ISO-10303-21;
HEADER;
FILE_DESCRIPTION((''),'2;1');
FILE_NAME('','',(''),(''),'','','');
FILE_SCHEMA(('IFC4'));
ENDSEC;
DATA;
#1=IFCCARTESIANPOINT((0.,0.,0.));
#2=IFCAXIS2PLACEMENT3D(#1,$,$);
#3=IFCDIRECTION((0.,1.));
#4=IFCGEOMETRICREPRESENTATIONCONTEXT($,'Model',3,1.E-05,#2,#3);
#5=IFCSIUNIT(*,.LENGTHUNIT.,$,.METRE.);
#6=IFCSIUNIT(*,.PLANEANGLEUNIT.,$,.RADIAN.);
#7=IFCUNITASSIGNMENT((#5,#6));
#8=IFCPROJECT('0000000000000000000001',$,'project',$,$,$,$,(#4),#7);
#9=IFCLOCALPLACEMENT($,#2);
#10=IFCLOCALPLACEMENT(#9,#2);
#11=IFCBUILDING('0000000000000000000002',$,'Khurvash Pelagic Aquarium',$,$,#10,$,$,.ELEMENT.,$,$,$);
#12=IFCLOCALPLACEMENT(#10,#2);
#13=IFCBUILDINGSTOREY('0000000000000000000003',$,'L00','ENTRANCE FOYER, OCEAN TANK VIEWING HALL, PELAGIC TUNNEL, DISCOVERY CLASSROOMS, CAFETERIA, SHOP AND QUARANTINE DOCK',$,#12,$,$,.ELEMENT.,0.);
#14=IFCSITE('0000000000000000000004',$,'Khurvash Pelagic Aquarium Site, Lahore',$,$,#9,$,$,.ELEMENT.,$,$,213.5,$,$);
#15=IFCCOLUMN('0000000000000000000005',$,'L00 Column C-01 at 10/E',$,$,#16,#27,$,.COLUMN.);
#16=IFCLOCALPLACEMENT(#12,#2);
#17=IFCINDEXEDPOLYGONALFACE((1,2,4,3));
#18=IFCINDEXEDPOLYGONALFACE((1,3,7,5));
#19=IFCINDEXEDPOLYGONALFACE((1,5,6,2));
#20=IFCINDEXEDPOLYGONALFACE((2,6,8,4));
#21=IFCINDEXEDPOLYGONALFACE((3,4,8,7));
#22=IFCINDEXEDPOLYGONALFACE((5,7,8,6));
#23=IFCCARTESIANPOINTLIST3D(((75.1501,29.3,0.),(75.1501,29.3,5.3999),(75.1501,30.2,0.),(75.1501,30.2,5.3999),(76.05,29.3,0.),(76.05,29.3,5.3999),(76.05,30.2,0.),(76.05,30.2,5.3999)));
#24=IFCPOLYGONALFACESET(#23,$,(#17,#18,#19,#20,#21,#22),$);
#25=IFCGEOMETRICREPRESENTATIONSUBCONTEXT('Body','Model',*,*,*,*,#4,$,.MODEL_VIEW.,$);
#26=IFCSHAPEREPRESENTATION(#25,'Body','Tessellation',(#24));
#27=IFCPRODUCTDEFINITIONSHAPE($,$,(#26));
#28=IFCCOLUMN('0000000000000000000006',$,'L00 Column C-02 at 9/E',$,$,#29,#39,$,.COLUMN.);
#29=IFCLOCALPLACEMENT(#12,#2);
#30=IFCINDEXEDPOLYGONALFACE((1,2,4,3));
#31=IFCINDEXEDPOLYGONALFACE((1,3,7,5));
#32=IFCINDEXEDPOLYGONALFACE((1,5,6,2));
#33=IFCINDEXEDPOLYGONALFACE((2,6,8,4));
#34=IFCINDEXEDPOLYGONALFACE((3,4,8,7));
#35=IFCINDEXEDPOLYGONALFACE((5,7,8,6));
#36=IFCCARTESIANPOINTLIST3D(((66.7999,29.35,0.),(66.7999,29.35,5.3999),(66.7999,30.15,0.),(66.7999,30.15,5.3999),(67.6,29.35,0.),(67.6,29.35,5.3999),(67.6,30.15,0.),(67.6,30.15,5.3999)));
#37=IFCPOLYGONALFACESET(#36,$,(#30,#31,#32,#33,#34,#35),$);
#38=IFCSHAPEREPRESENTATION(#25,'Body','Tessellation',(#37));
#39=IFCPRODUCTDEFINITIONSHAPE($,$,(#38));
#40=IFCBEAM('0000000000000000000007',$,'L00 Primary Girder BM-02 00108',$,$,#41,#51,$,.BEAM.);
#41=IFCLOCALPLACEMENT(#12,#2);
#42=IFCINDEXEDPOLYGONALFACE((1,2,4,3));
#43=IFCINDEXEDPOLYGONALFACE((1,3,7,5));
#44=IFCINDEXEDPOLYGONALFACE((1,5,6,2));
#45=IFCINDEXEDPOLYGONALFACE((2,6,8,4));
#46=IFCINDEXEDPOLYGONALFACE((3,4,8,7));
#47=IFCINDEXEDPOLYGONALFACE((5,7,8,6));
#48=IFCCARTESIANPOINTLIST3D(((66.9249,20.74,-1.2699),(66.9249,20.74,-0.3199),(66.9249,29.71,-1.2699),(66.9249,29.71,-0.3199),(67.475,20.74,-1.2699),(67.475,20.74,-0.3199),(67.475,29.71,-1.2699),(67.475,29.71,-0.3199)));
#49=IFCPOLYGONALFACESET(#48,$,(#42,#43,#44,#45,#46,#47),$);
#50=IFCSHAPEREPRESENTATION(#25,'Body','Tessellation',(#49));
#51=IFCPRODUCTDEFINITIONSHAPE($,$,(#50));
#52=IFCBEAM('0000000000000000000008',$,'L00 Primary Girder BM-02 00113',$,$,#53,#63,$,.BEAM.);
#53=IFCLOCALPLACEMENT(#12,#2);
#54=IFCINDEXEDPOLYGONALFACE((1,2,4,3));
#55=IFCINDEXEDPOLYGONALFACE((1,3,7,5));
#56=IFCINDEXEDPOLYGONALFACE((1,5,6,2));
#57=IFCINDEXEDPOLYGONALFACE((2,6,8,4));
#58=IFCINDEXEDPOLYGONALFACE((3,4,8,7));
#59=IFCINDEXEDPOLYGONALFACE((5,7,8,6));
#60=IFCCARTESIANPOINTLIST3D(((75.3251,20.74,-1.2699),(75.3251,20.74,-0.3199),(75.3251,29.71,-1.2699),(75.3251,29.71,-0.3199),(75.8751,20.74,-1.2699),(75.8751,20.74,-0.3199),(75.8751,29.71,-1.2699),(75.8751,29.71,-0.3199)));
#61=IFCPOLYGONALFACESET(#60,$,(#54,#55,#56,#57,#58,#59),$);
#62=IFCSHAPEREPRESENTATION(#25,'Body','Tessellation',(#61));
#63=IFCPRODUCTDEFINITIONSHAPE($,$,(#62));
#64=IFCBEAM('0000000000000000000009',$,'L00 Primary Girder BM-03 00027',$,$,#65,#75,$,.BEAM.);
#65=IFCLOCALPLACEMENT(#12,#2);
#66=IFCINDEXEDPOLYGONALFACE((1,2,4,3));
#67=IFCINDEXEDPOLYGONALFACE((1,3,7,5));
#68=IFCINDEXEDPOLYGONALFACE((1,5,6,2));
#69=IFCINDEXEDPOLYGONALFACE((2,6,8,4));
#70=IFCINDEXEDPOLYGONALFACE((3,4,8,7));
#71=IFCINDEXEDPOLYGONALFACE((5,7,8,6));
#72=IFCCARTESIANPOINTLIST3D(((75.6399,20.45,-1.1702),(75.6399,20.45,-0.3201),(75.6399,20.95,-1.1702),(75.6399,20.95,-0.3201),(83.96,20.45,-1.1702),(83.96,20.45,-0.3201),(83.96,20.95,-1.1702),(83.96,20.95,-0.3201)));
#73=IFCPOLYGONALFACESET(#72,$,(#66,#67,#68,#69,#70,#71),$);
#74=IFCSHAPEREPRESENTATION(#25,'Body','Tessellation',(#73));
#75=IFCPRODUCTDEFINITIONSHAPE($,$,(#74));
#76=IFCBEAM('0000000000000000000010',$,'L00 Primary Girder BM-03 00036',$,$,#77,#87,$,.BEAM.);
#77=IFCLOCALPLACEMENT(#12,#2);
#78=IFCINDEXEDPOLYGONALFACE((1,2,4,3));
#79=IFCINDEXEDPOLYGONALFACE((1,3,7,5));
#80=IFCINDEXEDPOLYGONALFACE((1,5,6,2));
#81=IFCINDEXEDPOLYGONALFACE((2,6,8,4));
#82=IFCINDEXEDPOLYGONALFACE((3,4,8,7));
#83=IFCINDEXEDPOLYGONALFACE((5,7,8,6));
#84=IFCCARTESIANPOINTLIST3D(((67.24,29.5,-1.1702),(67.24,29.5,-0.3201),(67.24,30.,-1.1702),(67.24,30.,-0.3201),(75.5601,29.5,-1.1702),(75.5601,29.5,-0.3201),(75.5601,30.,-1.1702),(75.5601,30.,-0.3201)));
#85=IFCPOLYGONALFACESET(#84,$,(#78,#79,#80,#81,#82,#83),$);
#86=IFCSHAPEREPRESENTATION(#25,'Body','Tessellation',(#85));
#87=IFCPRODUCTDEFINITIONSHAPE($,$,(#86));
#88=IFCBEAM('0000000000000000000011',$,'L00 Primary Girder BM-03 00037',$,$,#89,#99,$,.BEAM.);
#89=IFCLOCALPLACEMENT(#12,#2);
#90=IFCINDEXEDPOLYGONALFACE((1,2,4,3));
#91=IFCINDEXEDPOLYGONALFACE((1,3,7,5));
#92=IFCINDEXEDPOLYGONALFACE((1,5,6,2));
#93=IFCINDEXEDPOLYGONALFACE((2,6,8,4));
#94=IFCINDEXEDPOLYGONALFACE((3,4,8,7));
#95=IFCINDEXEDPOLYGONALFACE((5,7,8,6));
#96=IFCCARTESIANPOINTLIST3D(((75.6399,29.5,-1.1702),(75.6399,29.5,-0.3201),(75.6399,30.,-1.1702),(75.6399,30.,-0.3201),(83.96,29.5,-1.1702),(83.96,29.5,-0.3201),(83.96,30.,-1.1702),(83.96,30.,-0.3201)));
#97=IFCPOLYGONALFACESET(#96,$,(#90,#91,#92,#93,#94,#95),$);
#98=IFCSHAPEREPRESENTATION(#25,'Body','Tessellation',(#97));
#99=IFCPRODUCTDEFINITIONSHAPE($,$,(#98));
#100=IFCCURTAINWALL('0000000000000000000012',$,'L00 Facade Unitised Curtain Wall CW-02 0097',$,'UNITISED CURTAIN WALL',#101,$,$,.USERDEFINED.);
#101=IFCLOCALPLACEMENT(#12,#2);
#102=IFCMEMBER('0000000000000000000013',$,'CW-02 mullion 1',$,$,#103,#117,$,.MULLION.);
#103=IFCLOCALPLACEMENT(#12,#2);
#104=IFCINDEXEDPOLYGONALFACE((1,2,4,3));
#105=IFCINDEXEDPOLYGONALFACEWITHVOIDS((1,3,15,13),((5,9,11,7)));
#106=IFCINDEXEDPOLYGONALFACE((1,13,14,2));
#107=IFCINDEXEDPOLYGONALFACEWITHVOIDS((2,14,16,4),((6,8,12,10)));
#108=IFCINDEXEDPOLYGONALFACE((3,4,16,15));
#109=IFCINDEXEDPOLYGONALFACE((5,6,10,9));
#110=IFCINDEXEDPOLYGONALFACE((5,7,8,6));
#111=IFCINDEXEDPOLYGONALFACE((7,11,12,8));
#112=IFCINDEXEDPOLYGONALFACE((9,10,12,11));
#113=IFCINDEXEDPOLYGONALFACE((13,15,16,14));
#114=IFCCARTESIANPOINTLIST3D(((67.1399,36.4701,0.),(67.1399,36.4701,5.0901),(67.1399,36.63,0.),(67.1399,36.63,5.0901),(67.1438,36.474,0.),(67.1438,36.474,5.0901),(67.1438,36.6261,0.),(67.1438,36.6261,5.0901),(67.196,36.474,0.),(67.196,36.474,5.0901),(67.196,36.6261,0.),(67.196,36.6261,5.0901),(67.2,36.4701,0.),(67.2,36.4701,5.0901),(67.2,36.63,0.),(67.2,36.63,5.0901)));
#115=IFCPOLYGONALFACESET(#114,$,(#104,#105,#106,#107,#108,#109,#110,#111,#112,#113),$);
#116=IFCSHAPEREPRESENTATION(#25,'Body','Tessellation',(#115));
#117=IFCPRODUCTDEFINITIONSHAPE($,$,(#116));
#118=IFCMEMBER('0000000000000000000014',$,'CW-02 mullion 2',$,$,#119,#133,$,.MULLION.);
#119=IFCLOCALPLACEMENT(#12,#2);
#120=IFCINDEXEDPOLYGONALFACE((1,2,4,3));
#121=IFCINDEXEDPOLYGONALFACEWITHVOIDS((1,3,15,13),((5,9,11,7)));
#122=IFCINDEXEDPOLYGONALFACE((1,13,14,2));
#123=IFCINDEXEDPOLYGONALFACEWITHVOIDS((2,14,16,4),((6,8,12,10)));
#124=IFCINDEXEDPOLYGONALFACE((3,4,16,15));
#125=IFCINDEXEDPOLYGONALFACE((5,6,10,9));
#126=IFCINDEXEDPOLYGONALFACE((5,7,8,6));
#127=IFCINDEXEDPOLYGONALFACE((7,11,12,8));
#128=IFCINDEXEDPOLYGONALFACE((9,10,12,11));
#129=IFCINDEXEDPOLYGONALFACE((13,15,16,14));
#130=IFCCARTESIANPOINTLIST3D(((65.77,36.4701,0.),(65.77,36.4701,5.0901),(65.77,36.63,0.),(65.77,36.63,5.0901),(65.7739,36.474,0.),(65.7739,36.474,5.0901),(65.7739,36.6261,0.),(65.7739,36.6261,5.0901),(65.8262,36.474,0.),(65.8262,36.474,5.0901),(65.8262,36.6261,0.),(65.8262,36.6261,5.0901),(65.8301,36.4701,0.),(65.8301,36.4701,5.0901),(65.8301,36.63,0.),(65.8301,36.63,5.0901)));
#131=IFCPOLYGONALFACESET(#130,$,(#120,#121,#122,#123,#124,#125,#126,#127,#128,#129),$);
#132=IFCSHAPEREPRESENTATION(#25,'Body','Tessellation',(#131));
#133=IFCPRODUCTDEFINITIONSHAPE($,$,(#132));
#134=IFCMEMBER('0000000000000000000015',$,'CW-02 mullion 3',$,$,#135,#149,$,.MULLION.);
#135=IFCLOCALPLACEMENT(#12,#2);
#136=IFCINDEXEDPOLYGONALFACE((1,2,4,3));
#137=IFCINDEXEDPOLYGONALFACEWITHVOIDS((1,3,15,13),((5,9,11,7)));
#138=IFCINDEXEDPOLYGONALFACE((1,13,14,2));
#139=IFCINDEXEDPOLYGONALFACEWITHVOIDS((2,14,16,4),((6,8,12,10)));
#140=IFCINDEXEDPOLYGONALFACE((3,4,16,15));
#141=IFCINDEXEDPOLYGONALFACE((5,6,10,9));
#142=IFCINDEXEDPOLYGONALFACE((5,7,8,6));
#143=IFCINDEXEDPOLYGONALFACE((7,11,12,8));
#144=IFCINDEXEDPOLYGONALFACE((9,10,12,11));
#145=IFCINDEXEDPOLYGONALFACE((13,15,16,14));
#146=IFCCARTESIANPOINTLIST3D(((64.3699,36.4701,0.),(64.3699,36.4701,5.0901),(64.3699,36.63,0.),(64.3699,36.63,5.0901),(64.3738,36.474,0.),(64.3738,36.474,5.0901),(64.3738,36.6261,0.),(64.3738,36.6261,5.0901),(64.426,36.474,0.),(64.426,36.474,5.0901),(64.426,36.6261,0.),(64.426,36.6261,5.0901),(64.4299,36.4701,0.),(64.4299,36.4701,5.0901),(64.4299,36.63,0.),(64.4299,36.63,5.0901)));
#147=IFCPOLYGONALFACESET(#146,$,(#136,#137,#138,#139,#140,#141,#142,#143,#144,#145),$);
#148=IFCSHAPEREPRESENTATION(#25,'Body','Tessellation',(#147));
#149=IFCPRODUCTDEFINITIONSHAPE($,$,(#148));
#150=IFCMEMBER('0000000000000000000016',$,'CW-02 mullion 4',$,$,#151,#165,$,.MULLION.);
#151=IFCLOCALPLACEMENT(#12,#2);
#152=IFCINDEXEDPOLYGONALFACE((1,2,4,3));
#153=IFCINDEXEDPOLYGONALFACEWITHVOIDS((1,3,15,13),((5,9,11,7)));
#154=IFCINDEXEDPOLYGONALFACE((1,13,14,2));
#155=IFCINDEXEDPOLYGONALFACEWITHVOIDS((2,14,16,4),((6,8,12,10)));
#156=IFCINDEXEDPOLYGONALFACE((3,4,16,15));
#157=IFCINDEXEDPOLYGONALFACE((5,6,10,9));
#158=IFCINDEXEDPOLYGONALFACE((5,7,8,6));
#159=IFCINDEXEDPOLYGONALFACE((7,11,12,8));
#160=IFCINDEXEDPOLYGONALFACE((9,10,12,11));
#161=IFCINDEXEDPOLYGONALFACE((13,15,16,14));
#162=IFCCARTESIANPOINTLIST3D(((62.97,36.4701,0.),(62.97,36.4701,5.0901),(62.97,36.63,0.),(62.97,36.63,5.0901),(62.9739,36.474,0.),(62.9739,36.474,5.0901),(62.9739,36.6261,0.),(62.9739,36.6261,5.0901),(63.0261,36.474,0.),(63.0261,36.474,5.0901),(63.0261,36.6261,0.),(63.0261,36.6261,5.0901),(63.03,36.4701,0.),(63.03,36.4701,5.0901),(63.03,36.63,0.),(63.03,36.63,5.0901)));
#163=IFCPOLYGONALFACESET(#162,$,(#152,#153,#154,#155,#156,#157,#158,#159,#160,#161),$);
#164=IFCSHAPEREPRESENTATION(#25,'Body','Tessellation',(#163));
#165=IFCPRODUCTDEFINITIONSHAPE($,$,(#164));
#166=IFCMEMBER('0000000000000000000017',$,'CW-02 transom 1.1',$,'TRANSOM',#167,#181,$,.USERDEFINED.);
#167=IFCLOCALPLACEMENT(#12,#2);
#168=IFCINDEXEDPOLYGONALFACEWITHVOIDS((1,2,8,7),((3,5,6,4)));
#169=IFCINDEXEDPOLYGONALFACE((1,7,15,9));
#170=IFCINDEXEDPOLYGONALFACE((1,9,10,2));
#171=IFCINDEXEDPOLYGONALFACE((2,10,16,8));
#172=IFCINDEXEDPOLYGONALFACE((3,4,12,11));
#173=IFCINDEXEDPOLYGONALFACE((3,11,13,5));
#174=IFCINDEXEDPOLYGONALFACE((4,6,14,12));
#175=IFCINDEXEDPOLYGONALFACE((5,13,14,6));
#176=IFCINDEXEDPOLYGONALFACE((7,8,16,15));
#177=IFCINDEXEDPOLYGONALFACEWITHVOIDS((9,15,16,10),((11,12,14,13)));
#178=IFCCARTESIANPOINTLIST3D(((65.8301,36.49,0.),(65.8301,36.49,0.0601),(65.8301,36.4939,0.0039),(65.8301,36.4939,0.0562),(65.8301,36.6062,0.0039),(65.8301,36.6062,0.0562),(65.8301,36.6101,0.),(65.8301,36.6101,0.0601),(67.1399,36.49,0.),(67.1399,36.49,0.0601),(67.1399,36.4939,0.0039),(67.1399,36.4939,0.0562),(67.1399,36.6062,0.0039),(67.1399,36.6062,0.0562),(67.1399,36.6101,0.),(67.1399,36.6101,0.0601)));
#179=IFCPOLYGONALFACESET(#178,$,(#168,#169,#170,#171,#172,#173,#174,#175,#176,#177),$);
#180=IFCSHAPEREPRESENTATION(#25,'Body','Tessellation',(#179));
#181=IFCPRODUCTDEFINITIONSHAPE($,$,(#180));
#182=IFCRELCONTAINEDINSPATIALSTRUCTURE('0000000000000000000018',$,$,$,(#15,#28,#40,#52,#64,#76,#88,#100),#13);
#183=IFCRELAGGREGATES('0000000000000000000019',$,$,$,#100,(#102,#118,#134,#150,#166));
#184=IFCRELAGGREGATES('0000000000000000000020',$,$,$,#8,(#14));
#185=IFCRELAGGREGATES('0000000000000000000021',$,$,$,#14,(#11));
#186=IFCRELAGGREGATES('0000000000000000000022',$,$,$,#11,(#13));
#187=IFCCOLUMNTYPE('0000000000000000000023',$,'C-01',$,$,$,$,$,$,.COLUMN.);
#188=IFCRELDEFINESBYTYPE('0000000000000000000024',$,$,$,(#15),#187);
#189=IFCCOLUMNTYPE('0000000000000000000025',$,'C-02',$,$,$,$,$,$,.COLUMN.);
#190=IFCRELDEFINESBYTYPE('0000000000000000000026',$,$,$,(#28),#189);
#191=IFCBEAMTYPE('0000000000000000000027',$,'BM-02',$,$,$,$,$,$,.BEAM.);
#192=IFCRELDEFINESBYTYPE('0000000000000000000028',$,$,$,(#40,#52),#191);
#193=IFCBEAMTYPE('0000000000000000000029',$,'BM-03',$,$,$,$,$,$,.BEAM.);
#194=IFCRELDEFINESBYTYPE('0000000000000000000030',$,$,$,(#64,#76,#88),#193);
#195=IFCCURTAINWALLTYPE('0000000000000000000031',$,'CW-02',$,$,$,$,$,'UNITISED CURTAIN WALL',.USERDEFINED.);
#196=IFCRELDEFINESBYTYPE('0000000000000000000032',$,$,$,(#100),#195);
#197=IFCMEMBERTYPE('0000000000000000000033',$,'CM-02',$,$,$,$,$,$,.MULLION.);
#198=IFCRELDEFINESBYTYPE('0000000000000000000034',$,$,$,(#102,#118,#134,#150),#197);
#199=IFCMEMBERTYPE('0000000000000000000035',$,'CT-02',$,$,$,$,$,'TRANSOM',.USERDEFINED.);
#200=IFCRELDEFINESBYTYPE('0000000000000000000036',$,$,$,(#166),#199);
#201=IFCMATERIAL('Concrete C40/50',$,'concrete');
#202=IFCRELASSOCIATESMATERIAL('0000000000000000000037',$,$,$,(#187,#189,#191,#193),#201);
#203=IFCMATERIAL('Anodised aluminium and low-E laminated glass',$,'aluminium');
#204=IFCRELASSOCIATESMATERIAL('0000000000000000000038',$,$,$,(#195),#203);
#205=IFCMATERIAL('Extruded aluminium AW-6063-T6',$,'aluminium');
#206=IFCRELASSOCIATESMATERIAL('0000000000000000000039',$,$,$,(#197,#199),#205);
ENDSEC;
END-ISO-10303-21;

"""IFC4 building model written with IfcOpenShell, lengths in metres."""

from ifc_helpers import new_model, si_unit, direction, frame, origin, origin_2d, place, context, subcontext, project, spatial, rectangle, hollow_rectangle, extrude, material, material_profile, profile_set, type_object, element, aggregate, save


model = new_model("IFC4")

# Units and contexts
model_context = context("Model", 3, precision=1e-05, world=origin(), true_north=direction((0.0, 1.0)))
body_context = subcontext(model_context, "Body", "Model", "MODEL_VIEW")
ifc_project = project(units=[si_unit("LENGTHUNIT", "METRE"), si_unit("PLANEANGLEUNIT", "RADIAN")], contexts=[model_context])

# Site, building, storey
site_placement = place(None, origin())
site = spatial("IfcSite", under=ifc_project, at=site_placement, Name="Khurvash Pelagic Aquarium Site, Lahore", CompositionType="ELEMENT", RefElevation=213.5)
building_placement = place(site_placement, origin())
building = spatial("IfcBuilding", under=site, at=building_placement, Name="Khurvash Pelagic Aquarium", CompositionType="ELEMENT")
storey_placement = place(building_placement, origin())
storey = spatial("IfcBuildingStorey", under=building, at=storey_placement, Name="L00", Description="ENTRANCE FOYER, OCEAN TANK VIEWING HALL, PELAGIC TUNNEL, DISCOVERY CLASSROOMS, CAFETERIA, SHOP AND QUARANTINE DOCK", CompositionType="ELEMENT", Elevation=0.0)

# Columns
ifc_material_1 = material(Name="Concrete C40/50", Category="concrete")
ifc_material_profile_1 = material_profile(ifc_material_1, rectangle(XDim=0.8999, YDim=0.8999, at=origin_2d()), Name="RC900X900")
ifc_profile_set_1 = profile_set([ifc_material_profile_1], Name="Concrete C40/50")
column_type_1 = type_object("IfcColumnType", Name="C-01", PredefinedType="COLUMN", material=ifc_profile_set_1)
column_1_placement = place(storey_placement, frame((75.6001, 29.75, 0.0), z_axis=(0.0, 0.0, 1.0), x_axis=(1.0, 0.0, 0.0)))
element("IfcColumn", 1, at=column_1_placement, inside=storey, type_object=column_type_1, Name="L00 Column C-01 at 10/E", PredefinedType="COLUMN", context=body_context, shape_type="SweptSolid", body=[
    extrude(rectangle(XDim=0.8999, YDim=0.8999, at=origin_2d()), origin(), (0.0, 0.0, 1.0), 5.3999),
])
ifc_material_profile_2 = material_profile(ifc_material_1, rectangle(XDim=0.8, YDim=0.8, at=origin_2d()), Name="RC800X800")
ifc_profile_set_2 = profile_set([ifc_material_profile_2], Name="Concrete C40/50")
column_type_2 = type_object("IfcColumnType", Name="C-02", PredefinedType="COLUMN", material=ifc_profile_set_2)
column_2_placement = place(storey_placement, frame((67.2, 29.75, 0.0), z_axis=(0.0, 0.0, 1.0), x_axis=(1.0, 0.0, 0.0)))
element("IfcColumn", 2, at=column_2_placement, inside=storey, type_object=column_type_2, Name="L00 Column C-02 at 9/E", PredefinedType="COLUMN", context=body_context, shape_type="SweptSolid", body=[
    extrude(rectangle(XDim=0.8, YDim=0.8, at=origin_2d()), origin(), (0.0, 0.0, 1.0), 5.3999),
])

# Beams
ifc_material_profile_3 = material_profile(ifc_material_1, rectangle(XDim=0.55, YDim=0.95, at=origin_2d()), Name="RC550X950")
ifc_profile_set_3 = profile_set([ifc_material_profile_3], Name="Concrete C40/50")
beam_type_1 = type_object("IfcBeamType", Name="BM-02", PredefinedType="BEAM", material=ifc_profile_set_3)
for number, where, z_axis, x_axis, name in (
    (3, (67.2, 20.74, -0.7949), (0.0, 1.0, 0.0), (-1.0, 0.0, 0.0), "L00 Primary Girder BM-02 00108"),
    (4, (75.6001, 20.74, -0.7949), (0.0, 1.0, 0.0), (-1.0, 0.0, 0.0), "L00 Primary Girder BM-02 00113"),
):
    element("IfcBeam", number, at=place(storey_placement, frame(where, z_axis=z_axis, x_axis=x_axis)), inside=storey, type_object=beam_type_1, Name=name, PredefinedType="BEAM", context=body_context, shape_type="SweptSolid", body=[
        extrude(rectangle(XDim=0.55, YDim=0.95, at=origin_2d()), origin(), (0.0, 0.0, 1.0), 8.97),
    ])
ifc_material_profile_4 = material_profile(ifc_material_1, rectangle(XDim=0.5, YDim=0.8501, at=origin_2d()), Name="RC500X850")
ifc_profile_set_4 = profile_set([ifc_material_profile_4], Name="Concrete C40/50")
beam_type_2 = type_object("IfcBeamType", Name="BM-03", PredefinedType="BEAM", material=ifc_profile_set_4)
for number, where, z_axis, x_axis, name in (
    (5, (75.6399, 20.7, -0.7451), (1.0, 0.0, 0.0), (0.0, 1.0, 0.0), "L00 Primary Girder BM-03 00027"),
    (6, (67.24, 29.75, -0.7451), (1.0, 0.0, 0.0), (0.0, 1.0, 0.0), "L00 Primary Girder BM-03 00036"),
    (7, (75.6399, 29.75, -0.7451), (1.0, 0.0, 0.0), (0.0, 1.0, 0.0), "L00 Primary Girder BM-03 00037"),
):
    element("IfcBeam", number, at=place(storey_placement, frame(where, z_axis=z_axis, x_axis=x_axis)), inside=storey, type_object=beam_type_2, Name=name, PredefinedType="BEAM", context=body_context, shape_type="SweptSolid", body=[
        extrude(rectangle(XDim=0.5, YDim=0.8501, at=origin_2d()), origin(), (0.0, 0.0, 1.0), 8.3201),
    ])

# Curtain wall, members
ifc_material_2 = material(Name="Anodised aluminium and low-E laminated glass", Category="aluminium")
curtain_wall_type = type_object("IfcCurtainWallType", Name="CW-02", ElementType="UNITISED CURTAIN WALL", PredefinedType="USERDEFINED", material=ifc_material_2)
curtain_wall_placement = place(storey_placement, origin())
curtain_wall = element("IfcCurtainWall", 8, at=curtain_wall_placement, inside=storey, type_object=curtain_wall_type, Name="L00 Facade Unitised Curtain Wall CW-02 0097", ObjectType="UNITISED CURTAIN WALL", PredefinedType="USERDEFINED")
ifc_material_3 = material(Name="Extruded aluminium AW-6063-T6", Category="aluminium")
ifc_material_profile_5 = material_profile(ifc_material_3, hollow_rectangle(XDim=0.0601, YDim=0.1599, WallThickness=0.0039, at=origin_2d()), Name="CWM60X160X4")
ifc_profile_set_5 = profile_set([ifc_material_profile_5], Name="Extruded aluminium AW-6063-T6")
member_type_1 = type_object("IfcMemberType", Name="CM-02", PredefinedType="MULLION", material=ifc_profile_set_5)
member_1_placement = place(storey_placement, frame((67.1699, 36.55, 0.0), z_axis=(0.0, 0.0, 1.0), x_axis=(-1.0, 0.0, 0.0)))
member_1 = element("IfcMember", 9, at=member_1_placement, type_object=member_type_1, Name="CW-02 mullion 1", PredefinedType="MULLION", context=body_context, shape_type="SweptSolid", body=[
    extrude(hollow_rectangle(XDim=0.0601, YDim=0.1599, WallThickness=0.0039, at=origin_2d()), origin(), (0.0, 0.0, 1.0), 5.0901),
])
member_2_placement = place(storey_placement, frame((65.8, 36.55, 0.0), z_axis=(0.0, 0.0, 1.0), x_axis=(-1.0, 0.0, 0.0)))
member_2 = element("IfcMember", 10, at=member_2_placement, type_object=member_type_1, Name="CW-02 mullion 2", PredefinedType="MULLION", context=body_context, shape_type="SweptSolid", body=[
    extrude(hollow_rectangle(XDim=0.0601, YDim=0.1599, WallThickness=0.0039, at=origin_2d()), origin(), (0.0, 0.0, 1.0), 5.0901),
])
member_3_placement = place(storey_placement, frame((64.3999, 36.55, 0.0), z_axis=(0.0, 0.0, 1.0), x_axis=(-1.0, 0.0, 0.0)))
member_3 = element("IfcMember", 11, at=member_3_placement, type_object=member_type_1, Name="CW-02 mullion 3", PredefinedType="MULLION", context=body_context, shape_type="SweptSolid", body=[
    extrude(hollow_rectangle(XDim=0.0601, YDim=0.1599, WallThickness=0.0039, at=origin_2d()), origin(), (0.0, 0.0, 1.0), 5.0901),
])
member_4_placement = place(storey_placement, frame((63.0, 36.55, 0.0), z_axis=(0.0, 0.0, 1.0), x_axis=(-1.0, 0.0, 0.0)))
member_4 = element("IfcMember", 12, at=member_4_placement, type_object=member_type_1, Name="CW-02 mullion 4", PredefinedType="MULLION", context=body_context, shape_type="SweptSolid", body=[
    extrude(hollow_rectangle(XDim=0.0601, YDim=0.1599, WallThickness=0.0039, at=origin_2d()), origin(), (0.0, 0.0, 1.0), 5.0901),
])
ifc_material_profile_6 = material_profile(ifc_material_3, hollow_rectangle(XDim=0.1201, YDim=0.0601, WallThickness=0.0039, at=origin_2d()), Name="CWT120X60X4")
ifc_profile_set_6 = profile_set([ifc_material_profile_6], Name="Extruded aluminium AW-6063-T6")
member_type_2 = type_object("IfcMemberType", Name="CT-02", ElementType="TRANSOM", PredefinedType="USERDEFINED", material=ifc_profile_set_6)
member_5_placement = place(storey_placement, frame((67.1399, 36.55, 0.03), z_axis=(-1.0, 0.0, 0.0), x_axis=(0.0, -1.0, 0.0)))
member_5 = element("IfcMember", 13, at=member_5_placement, type_object=member_type_2, Name="CW-02 transom 1.1", ObjectType="TRANSOM", PredefinedType="USERDEFINED", context=body_context, shape_type="SweptSolid", body=[
    extrude(hollow_rectangle(XDim=0.1201, YDim=0.0601, WallThickness=0.0039, at=origin_2d()), origin(), (0.0, 0.0, 1.0), 1.3098),
])

aggregate(curtain_wall, [member_1, member_2, member_3, member_4, member_5])

save(model, "model.ifc")
